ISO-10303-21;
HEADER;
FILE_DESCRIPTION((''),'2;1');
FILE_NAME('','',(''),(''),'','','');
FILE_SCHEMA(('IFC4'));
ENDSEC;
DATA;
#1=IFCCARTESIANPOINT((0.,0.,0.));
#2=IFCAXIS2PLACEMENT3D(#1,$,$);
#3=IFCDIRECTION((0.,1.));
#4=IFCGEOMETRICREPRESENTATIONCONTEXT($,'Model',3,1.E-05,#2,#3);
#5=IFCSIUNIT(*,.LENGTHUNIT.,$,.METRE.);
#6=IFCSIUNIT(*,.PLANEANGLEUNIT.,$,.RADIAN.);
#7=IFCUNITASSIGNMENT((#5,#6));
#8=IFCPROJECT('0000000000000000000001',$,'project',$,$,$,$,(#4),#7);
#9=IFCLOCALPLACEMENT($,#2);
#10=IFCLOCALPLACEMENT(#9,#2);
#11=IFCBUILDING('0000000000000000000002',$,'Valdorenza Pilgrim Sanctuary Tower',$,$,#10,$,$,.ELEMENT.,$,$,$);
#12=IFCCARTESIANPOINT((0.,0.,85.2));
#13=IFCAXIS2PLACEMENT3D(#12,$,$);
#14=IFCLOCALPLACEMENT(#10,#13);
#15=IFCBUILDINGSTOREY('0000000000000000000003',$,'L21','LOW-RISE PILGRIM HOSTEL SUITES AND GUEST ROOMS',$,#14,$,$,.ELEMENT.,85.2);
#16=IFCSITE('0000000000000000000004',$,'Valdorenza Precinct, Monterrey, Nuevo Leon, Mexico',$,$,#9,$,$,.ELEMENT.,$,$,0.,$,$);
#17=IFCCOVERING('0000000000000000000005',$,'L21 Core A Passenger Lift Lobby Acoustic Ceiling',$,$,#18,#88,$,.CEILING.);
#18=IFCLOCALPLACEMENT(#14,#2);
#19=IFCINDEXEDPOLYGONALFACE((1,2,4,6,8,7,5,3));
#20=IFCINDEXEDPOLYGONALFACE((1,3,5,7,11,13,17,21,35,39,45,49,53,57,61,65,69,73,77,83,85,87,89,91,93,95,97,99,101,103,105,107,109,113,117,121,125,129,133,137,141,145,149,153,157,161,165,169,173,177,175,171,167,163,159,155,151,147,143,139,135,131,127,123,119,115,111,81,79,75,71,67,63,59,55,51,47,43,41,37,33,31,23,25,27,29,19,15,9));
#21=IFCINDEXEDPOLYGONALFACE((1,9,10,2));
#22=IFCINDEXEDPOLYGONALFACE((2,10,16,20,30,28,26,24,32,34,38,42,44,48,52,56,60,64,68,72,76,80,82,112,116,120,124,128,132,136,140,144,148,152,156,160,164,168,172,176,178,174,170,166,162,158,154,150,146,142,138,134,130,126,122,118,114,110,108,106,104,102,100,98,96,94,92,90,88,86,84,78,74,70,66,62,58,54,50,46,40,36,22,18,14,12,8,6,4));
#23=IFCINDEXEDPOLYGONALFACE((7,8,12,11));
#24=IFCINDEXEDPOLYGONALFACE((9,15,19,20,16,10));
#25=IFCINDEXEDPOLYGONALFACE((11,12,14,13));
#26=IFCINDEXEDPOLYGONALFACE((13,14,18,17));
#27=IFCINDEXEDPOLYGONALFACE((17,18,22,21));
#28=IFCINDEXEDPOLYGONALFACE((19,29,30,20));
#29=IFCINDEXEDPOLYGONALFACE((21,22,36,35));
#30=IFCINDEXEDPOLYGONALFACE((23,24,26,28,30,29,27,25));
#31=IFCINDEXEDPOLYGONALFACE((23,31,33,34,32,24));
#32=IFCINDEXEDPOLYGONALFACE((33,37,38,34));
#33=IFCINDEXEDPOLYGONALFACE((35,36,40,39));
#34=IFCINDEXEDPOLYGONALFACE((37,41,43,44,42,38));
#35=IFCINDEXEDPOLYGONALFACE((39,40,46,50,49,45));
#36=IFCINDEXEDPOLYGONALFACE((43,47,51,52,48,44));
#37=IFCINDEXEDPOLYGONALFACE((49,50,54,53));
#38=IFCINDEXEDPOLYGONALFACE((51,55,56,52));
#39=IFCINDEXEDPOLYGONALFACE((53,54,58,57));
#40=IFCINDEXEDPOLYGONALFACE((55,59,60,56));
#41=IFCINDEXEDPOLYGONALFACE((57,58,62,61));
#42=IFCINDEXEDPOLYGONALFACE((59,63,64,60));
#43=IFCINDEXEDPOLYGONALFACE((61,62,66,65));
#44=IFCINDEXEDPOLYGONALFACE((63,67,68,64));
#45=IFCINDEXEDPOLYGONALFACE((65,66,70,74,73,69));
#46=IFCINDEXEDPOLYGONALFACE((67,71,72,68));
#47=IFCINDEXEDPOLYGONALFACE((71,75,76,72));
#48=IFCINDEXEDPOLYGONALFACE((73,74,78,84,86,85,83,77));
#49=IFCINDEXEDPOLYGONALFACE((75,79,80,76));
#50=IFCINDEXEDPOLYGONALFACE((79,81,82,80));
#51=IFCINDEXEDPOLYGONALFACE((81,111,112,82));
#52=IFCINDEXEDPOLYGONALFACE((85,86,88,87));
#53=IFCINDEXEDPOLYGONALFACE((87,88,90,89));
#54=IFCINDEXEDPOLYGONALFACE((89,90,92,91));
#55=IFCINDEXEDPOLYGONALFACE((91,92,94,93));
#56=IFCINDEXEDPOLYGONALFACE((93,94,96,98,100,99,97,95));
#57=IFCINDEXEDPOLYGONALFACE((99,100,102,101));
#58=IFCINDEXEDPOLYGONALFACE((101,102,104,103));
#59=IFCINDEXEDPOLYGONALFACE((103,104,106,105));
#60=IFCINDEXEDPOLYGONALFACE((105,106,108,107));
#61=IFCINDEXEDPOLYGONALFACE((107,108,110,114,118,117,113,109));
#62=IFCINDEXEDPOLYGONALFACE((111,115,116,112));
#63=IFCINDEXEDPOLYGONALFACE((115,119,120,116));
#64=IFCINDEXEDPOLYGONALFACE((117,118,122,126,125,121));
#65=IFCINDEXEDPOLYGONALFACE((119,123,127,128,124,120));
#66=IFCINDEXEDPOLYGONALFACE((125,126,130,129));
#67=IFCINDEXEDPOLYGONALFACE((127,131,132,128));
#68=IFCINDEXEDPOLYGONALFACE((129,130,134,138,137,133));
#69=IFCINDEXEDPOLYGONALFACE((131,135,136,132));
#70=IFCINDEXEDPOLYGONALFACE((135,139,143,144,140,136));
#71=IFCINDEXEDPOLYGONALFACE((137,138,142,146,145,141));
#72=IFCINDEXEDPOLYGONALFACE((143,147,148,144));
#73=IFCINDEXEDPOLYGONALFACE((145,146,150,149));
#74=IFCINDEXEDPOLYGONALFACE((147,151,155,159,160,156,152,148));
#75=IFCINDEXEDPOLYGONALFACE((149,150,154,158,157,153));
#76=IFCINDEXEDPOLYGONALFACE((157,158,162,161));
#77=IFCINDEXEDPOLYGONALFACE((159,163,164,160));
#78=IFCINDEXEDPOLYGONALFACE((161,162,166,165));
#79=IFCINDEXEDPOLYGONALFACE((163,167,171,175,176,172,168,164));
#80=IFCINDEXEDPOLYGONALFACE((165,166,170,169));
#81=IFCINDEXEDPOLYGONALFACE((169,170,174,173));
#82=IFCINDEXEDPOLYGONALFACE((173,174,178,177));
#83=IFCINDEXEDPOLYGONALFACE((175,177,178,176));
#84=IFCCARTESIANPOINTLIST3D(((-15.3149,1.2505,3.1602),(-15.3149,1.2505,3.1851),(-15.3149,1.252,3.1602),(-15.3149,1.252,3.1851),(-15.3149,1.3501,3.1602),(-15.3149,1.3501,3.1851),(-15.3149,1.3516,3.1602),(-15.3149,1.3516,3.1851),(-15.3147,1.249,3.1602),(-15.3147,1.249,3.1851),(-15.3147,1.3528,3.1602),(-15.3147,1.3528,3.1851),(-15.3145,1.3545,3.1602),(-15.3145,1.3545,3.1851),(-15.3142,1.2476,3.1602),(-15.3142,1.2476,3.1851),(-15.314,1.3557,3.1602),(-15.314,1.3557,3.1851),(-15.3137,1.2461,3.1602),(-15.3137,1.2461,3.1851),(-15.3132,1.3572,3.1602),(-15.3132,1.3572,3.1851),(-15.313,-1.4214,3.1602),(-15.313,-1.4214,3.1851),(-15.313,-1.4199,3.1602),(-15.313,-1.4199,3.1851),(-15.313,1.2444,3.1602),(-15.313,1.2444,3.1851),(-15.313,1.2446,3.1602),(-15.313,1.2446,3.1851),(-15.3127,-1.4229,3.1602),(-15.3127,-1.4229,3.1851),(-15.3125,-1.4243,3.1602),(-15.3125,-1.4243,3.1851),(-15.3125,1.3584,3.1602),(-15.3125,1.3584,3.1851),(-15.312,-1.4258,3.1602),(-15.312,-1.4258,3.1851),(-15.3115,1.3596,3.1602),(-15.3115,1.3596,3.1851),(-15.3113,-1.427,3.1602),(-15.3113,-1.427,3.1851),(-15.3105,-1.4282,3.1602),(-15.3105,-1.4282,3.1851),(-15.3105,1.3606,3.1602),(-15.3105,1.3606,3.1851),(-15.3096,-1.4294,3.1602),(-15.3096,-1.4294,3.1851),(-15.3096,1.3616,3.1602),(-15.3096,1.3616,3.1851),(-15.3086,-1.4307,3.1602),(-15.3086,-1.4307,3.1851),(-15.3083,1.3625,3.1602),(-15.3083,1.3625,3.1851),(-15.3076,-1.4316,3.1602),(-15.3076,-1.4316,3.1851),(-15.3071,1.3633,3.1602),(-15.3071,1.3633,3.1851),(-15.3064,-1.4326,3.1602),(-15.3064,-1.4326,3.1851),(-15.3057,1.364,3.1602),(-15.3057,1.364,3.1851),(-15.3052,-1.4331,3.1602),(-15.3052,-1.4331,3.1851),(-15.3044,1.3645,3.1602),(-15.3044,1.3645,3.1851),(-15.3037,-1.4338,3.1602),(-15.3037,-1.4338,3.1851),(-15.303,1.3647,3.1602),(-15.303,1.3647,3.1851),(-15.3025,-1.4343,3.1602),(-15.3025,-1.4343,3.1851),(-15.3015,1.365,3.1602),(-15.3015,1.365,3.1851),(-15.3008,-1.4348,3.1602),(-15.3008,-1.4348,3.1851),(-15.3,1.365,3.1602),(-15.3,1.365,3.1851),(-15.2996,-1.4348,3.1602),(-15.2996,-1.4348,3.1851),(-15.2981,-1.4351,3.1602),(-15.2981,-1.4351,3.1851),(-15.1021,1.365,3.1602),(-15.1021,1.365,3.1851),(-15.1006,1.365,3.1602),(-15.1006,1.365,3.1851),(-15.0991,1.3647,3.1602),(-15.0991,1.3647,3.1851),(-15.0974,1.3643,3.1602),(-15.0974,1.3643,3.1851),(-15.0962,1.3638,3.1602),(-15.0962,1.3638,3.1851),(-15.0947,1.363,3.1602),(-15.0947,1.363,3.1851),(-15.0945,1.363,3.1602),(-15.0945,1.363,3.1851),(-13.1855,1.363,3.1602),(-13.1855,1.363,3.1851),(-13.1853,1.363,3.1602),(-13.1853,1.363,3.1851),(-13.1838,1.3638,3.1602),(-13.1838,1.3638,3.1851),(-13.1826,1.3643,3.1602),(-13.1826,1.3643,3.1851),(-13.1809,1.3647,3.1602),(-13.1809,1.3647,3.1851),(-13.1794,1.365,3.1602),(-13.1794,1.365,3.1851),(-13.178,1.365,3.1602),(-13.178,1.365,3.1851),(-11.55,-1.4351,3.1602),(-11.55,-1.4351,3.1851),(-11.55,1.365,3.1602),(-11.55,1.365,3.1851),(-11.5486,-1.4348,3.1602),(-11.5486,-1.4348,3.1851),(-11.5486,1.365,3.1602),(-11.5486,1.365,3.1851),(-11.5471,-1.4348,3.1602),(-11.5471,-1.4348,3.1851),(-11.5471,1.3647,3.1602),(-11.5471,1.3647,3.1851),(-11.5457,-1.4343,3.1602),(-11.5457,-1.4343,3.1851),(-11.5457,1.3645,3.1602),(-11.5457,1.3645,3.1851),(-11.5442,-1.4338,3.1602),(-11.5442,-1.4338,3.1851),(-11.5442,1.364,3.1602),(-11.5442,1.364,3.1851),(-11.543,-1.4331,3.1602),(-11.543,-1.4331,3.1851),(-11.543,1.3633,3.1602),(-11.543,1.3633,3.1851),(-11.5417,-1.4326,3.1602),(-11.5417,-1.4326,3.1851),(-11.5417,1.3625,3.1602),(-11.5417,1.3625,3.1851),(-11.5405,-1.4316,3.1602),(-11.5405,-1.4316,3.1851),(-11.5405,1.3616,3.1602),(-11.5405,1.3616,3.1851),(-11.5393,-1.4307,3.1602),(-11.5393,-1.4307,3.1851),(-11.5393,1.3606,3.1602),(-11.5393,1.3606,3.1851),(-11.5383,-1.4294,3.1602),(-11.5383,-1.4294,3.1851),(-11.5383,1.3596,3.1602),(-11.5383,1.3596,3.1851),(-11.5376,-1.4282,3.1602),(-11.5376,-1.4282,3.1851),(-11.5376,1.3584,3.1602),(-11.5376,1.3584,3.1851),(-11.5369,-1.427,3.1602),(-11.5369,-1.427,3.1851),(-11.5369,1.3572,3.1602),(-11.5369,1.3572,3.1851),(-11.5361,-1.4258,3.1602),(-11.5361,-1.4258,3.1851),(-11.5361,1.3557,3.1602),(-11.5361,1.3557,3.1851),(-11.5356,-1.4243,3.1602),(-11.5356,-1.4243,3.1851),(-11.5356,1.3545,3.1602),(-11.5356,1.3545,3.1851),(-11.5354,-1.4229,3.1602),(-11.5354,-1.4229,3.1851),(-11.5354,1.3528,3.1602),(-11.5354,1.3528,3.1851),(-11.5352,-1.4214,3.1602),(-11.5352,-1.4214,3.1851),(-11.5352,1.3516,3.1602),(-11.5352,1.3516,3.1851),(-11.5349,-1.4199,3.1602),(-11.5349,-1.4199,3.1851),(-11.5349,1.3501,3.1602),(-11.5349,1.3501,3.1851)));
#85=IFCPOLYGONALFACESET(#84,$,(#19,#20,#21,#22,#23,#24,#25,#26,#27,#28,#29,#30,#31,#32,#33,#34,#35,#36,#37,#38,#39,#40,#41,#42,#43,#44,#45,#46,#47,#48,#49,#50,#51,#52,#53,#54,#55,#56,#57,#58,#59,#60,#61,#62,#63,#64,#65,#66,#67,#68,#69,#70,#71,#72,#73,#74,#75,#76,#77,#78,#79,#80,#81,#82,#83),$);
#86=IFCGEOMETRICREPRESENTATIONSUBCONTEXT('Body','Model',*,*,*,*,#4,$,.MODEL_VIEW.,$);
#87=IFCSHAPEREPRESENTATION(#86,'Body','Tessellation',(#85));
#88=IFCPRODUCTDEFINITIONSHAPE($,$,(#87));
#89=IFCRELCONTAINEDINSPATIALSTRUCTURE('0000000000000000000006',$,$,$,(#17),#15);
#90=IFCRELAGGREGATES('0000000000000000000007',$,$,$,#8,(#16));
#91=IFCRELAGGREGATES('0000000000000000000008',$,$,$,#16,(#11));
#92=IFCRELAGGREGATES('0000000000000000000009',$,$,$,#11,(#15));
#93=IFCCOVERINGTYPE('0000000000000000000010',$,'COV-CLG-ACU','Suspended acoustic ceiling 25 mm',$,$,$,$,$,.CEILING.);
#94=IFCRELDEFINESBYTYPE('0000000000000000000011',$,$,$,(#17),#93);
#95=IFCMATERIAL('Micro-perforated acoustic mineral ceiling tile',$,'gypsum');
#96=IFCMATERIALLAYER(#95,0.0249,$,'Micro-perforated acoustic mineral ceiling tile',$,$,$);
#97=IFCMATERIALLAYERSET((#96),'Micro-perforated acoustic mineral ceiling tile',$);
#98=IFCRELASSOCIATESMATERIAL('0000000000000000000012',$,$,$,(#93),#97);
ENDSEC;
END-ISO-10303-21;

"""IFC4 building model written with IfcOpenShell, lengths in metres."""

from ifc_helpers import new_model, si_unit, direction, frame, origin, place, context, subcontext, project, spatial, polyline, outline, extrude, material, layer, layer_set, type_object, element, save


model = new_model("IFC4")

# Units and contexts
model_context = context("Model", 3, precision=1e-05, world=origin(), true_north=direction((0.0, 1.0)))
body_context = subcontext(model_context, "Body", "Model", "MODEL_VIEW")
ifc_project = project(units=[si_unit("LENGTHUNIT", "METRE"), si_unit("PLANEANGLEUNIT", "RADIAN")], contexts=[model_context])

# Site, building, storey
site_placement = place(None, origin())
site = spatial("IfcSite", under=ifc_project, at=site_placement, Name="Valdorenza Precinct, Monterrey, Nuevo Leon, Mexico", CompositionType="ELEMENT", RefElevation=0.0)
building_placement = place(site_placement, origin())
building = spatial("IfcBuilding", under=site, at=building_placement, Name="Valdorenza Pilgrim Sanctuary Tower", CompositionType="ELEMENT")
storey_placement = place(building_placement, frame((0.0, 0.0, 85.2)))
storey = spatial("IfcBuildingStorey", under=building, at=storey_placement, Name="L21", Description="LOW-RISE PILGRIM HOSTEL SUITES AND GUEST ROOMS", CompositionType="ELEMENT", Elevation=85.2)

# Covering
ifc_material_1 = material(Name="Micro-perforated acoustic mineral ceiling tile", Category="gypsum")
ifc_layer_1 = layer(ifc_material_1, 0.0249, Name="Micro-perforated acoustic mineral ceiling tile")
ifc_layer_set_1 = layer_set([ifc_layer_1], Name="Micro-perforated acoustic mineral ceiling tile")
covering_type_1 = type_object("IfcCoveringType", Name="COV-CLG-ACU", Description="Suspended acoustic ceiling 25 mm", PredefinedType="CEILING", material=ifc_layer_set_1)
covering_1_placement = place(storey_placement, frame((0.0, 0.0, 3.1602)))
element("IfcCovering", 1, at=covering_1_placement, inside=storey, type_object=covering_type_1, Name="L21 Core A Passenger Lift Lobby Acoustic Ceiling", PredefinedType="CEILING", context=body_context, shape_type="SweptSolid", body=[
    extrude(outline(polyline([(-15.313, 1.2444), (-15.313, 1.2446), (-15.3137, 1.2461), (-15.3142, 1.2476), (-15.3147, 1.249), (-15.3149, 1.2505), (-15.3149, 1.252), (-15.3149, 1.3501), (-15.3149, 1.3516), (-15.3147, 1.3528), (-15.3145, 1.3545), (-15.314, 1.3557), (-15.3132, 1.3572), (-15.3125, 1.3584), (-15.3115, 1.3596), (-15.3105, 1.3606), (-15.3096, 1.3616), (-15.3083, 1.3625), (-15.3071, 1.3633), (-15.3057, 1.364), (-15.3044, 1.3645), (-15.303, 1.3647), (-15.3015, 1.365), (-15.3, 1.365), (-15.1021, 1.365), (-15.1006, 1.365), (-15.0991, 1.3647), (-15.0974, 1.3643), (-15.0962, 1.3638), (-15.0947, 1.363), (-15.0945, 1.363), (-13.1855, 1.363), (-13.1853, 1.363), (-13.1838, 1.3638), (-13.1826, 1.3643), (-13.1809, 1.3647), (-13.1794, 1.365), (-13.178, 1.365), (-11.55, 1.365), (-11.5486, 1.365), (-11.5471, 1.3647), (-11.5457, 1.3645), (-11.5442, 1.364), (-11.543, 1.3633), (-11.5417, 1.3625), (-11.5405, 1.3616), (-11.5393, 1.3606), (-11.5383, 1.3596), (-11.5376, 1.3584), (-11.5369, 1.3572), (-11.5361, 1.3557), (-11.5356, 1.3545), (-11.5354, 1.3528), (-11.5352, 1.3516), (-11.5349, 1.3501), (-11.5349, -1.4199), (-11.5352, -1.4214), (-11.5354, -1.4229), (-11.5356, -1.4243), (-11.5361, -1.4258), (-11.5369, -1.427), (-11.5376, -1.4282), (-11.5383, -1.4294), (-11.5393, -1.4307), (-11.5405, -1.4316), (-11.5417, -1.4326), (-11.543, -1.4331), (-11.5442, -1.4338), (-11.5457, -1.4343), (-11.5471, -1.4348), (-11.5486, -1.4348), (-11.55, -1.4351), (-15.2981, -1.4351), (-15.2996, -1.4348), (-15.3008, -1.4348), (-15.3025, -1.4343), (-15.3037, -1.4338), (-15.3052, -1.4331), (-15.3064, -1.4326), (-15.3076, -1.4316), (-15.3086, -1.4307), (-15.3096, -1.4294), (-15.3105, -1.4282), (-15.3113, -1.427), (-15.312, -1.4258), (-15.3125, -1.4243), (-15.3127, -1.4229), (-15.313, -1.4214), (-15.313, -1.4199), (-15.313, 1.2444)])), origin(), (0.0, 0.0, 1.0), 0.0249),
])

save(model, "model.ifc")
